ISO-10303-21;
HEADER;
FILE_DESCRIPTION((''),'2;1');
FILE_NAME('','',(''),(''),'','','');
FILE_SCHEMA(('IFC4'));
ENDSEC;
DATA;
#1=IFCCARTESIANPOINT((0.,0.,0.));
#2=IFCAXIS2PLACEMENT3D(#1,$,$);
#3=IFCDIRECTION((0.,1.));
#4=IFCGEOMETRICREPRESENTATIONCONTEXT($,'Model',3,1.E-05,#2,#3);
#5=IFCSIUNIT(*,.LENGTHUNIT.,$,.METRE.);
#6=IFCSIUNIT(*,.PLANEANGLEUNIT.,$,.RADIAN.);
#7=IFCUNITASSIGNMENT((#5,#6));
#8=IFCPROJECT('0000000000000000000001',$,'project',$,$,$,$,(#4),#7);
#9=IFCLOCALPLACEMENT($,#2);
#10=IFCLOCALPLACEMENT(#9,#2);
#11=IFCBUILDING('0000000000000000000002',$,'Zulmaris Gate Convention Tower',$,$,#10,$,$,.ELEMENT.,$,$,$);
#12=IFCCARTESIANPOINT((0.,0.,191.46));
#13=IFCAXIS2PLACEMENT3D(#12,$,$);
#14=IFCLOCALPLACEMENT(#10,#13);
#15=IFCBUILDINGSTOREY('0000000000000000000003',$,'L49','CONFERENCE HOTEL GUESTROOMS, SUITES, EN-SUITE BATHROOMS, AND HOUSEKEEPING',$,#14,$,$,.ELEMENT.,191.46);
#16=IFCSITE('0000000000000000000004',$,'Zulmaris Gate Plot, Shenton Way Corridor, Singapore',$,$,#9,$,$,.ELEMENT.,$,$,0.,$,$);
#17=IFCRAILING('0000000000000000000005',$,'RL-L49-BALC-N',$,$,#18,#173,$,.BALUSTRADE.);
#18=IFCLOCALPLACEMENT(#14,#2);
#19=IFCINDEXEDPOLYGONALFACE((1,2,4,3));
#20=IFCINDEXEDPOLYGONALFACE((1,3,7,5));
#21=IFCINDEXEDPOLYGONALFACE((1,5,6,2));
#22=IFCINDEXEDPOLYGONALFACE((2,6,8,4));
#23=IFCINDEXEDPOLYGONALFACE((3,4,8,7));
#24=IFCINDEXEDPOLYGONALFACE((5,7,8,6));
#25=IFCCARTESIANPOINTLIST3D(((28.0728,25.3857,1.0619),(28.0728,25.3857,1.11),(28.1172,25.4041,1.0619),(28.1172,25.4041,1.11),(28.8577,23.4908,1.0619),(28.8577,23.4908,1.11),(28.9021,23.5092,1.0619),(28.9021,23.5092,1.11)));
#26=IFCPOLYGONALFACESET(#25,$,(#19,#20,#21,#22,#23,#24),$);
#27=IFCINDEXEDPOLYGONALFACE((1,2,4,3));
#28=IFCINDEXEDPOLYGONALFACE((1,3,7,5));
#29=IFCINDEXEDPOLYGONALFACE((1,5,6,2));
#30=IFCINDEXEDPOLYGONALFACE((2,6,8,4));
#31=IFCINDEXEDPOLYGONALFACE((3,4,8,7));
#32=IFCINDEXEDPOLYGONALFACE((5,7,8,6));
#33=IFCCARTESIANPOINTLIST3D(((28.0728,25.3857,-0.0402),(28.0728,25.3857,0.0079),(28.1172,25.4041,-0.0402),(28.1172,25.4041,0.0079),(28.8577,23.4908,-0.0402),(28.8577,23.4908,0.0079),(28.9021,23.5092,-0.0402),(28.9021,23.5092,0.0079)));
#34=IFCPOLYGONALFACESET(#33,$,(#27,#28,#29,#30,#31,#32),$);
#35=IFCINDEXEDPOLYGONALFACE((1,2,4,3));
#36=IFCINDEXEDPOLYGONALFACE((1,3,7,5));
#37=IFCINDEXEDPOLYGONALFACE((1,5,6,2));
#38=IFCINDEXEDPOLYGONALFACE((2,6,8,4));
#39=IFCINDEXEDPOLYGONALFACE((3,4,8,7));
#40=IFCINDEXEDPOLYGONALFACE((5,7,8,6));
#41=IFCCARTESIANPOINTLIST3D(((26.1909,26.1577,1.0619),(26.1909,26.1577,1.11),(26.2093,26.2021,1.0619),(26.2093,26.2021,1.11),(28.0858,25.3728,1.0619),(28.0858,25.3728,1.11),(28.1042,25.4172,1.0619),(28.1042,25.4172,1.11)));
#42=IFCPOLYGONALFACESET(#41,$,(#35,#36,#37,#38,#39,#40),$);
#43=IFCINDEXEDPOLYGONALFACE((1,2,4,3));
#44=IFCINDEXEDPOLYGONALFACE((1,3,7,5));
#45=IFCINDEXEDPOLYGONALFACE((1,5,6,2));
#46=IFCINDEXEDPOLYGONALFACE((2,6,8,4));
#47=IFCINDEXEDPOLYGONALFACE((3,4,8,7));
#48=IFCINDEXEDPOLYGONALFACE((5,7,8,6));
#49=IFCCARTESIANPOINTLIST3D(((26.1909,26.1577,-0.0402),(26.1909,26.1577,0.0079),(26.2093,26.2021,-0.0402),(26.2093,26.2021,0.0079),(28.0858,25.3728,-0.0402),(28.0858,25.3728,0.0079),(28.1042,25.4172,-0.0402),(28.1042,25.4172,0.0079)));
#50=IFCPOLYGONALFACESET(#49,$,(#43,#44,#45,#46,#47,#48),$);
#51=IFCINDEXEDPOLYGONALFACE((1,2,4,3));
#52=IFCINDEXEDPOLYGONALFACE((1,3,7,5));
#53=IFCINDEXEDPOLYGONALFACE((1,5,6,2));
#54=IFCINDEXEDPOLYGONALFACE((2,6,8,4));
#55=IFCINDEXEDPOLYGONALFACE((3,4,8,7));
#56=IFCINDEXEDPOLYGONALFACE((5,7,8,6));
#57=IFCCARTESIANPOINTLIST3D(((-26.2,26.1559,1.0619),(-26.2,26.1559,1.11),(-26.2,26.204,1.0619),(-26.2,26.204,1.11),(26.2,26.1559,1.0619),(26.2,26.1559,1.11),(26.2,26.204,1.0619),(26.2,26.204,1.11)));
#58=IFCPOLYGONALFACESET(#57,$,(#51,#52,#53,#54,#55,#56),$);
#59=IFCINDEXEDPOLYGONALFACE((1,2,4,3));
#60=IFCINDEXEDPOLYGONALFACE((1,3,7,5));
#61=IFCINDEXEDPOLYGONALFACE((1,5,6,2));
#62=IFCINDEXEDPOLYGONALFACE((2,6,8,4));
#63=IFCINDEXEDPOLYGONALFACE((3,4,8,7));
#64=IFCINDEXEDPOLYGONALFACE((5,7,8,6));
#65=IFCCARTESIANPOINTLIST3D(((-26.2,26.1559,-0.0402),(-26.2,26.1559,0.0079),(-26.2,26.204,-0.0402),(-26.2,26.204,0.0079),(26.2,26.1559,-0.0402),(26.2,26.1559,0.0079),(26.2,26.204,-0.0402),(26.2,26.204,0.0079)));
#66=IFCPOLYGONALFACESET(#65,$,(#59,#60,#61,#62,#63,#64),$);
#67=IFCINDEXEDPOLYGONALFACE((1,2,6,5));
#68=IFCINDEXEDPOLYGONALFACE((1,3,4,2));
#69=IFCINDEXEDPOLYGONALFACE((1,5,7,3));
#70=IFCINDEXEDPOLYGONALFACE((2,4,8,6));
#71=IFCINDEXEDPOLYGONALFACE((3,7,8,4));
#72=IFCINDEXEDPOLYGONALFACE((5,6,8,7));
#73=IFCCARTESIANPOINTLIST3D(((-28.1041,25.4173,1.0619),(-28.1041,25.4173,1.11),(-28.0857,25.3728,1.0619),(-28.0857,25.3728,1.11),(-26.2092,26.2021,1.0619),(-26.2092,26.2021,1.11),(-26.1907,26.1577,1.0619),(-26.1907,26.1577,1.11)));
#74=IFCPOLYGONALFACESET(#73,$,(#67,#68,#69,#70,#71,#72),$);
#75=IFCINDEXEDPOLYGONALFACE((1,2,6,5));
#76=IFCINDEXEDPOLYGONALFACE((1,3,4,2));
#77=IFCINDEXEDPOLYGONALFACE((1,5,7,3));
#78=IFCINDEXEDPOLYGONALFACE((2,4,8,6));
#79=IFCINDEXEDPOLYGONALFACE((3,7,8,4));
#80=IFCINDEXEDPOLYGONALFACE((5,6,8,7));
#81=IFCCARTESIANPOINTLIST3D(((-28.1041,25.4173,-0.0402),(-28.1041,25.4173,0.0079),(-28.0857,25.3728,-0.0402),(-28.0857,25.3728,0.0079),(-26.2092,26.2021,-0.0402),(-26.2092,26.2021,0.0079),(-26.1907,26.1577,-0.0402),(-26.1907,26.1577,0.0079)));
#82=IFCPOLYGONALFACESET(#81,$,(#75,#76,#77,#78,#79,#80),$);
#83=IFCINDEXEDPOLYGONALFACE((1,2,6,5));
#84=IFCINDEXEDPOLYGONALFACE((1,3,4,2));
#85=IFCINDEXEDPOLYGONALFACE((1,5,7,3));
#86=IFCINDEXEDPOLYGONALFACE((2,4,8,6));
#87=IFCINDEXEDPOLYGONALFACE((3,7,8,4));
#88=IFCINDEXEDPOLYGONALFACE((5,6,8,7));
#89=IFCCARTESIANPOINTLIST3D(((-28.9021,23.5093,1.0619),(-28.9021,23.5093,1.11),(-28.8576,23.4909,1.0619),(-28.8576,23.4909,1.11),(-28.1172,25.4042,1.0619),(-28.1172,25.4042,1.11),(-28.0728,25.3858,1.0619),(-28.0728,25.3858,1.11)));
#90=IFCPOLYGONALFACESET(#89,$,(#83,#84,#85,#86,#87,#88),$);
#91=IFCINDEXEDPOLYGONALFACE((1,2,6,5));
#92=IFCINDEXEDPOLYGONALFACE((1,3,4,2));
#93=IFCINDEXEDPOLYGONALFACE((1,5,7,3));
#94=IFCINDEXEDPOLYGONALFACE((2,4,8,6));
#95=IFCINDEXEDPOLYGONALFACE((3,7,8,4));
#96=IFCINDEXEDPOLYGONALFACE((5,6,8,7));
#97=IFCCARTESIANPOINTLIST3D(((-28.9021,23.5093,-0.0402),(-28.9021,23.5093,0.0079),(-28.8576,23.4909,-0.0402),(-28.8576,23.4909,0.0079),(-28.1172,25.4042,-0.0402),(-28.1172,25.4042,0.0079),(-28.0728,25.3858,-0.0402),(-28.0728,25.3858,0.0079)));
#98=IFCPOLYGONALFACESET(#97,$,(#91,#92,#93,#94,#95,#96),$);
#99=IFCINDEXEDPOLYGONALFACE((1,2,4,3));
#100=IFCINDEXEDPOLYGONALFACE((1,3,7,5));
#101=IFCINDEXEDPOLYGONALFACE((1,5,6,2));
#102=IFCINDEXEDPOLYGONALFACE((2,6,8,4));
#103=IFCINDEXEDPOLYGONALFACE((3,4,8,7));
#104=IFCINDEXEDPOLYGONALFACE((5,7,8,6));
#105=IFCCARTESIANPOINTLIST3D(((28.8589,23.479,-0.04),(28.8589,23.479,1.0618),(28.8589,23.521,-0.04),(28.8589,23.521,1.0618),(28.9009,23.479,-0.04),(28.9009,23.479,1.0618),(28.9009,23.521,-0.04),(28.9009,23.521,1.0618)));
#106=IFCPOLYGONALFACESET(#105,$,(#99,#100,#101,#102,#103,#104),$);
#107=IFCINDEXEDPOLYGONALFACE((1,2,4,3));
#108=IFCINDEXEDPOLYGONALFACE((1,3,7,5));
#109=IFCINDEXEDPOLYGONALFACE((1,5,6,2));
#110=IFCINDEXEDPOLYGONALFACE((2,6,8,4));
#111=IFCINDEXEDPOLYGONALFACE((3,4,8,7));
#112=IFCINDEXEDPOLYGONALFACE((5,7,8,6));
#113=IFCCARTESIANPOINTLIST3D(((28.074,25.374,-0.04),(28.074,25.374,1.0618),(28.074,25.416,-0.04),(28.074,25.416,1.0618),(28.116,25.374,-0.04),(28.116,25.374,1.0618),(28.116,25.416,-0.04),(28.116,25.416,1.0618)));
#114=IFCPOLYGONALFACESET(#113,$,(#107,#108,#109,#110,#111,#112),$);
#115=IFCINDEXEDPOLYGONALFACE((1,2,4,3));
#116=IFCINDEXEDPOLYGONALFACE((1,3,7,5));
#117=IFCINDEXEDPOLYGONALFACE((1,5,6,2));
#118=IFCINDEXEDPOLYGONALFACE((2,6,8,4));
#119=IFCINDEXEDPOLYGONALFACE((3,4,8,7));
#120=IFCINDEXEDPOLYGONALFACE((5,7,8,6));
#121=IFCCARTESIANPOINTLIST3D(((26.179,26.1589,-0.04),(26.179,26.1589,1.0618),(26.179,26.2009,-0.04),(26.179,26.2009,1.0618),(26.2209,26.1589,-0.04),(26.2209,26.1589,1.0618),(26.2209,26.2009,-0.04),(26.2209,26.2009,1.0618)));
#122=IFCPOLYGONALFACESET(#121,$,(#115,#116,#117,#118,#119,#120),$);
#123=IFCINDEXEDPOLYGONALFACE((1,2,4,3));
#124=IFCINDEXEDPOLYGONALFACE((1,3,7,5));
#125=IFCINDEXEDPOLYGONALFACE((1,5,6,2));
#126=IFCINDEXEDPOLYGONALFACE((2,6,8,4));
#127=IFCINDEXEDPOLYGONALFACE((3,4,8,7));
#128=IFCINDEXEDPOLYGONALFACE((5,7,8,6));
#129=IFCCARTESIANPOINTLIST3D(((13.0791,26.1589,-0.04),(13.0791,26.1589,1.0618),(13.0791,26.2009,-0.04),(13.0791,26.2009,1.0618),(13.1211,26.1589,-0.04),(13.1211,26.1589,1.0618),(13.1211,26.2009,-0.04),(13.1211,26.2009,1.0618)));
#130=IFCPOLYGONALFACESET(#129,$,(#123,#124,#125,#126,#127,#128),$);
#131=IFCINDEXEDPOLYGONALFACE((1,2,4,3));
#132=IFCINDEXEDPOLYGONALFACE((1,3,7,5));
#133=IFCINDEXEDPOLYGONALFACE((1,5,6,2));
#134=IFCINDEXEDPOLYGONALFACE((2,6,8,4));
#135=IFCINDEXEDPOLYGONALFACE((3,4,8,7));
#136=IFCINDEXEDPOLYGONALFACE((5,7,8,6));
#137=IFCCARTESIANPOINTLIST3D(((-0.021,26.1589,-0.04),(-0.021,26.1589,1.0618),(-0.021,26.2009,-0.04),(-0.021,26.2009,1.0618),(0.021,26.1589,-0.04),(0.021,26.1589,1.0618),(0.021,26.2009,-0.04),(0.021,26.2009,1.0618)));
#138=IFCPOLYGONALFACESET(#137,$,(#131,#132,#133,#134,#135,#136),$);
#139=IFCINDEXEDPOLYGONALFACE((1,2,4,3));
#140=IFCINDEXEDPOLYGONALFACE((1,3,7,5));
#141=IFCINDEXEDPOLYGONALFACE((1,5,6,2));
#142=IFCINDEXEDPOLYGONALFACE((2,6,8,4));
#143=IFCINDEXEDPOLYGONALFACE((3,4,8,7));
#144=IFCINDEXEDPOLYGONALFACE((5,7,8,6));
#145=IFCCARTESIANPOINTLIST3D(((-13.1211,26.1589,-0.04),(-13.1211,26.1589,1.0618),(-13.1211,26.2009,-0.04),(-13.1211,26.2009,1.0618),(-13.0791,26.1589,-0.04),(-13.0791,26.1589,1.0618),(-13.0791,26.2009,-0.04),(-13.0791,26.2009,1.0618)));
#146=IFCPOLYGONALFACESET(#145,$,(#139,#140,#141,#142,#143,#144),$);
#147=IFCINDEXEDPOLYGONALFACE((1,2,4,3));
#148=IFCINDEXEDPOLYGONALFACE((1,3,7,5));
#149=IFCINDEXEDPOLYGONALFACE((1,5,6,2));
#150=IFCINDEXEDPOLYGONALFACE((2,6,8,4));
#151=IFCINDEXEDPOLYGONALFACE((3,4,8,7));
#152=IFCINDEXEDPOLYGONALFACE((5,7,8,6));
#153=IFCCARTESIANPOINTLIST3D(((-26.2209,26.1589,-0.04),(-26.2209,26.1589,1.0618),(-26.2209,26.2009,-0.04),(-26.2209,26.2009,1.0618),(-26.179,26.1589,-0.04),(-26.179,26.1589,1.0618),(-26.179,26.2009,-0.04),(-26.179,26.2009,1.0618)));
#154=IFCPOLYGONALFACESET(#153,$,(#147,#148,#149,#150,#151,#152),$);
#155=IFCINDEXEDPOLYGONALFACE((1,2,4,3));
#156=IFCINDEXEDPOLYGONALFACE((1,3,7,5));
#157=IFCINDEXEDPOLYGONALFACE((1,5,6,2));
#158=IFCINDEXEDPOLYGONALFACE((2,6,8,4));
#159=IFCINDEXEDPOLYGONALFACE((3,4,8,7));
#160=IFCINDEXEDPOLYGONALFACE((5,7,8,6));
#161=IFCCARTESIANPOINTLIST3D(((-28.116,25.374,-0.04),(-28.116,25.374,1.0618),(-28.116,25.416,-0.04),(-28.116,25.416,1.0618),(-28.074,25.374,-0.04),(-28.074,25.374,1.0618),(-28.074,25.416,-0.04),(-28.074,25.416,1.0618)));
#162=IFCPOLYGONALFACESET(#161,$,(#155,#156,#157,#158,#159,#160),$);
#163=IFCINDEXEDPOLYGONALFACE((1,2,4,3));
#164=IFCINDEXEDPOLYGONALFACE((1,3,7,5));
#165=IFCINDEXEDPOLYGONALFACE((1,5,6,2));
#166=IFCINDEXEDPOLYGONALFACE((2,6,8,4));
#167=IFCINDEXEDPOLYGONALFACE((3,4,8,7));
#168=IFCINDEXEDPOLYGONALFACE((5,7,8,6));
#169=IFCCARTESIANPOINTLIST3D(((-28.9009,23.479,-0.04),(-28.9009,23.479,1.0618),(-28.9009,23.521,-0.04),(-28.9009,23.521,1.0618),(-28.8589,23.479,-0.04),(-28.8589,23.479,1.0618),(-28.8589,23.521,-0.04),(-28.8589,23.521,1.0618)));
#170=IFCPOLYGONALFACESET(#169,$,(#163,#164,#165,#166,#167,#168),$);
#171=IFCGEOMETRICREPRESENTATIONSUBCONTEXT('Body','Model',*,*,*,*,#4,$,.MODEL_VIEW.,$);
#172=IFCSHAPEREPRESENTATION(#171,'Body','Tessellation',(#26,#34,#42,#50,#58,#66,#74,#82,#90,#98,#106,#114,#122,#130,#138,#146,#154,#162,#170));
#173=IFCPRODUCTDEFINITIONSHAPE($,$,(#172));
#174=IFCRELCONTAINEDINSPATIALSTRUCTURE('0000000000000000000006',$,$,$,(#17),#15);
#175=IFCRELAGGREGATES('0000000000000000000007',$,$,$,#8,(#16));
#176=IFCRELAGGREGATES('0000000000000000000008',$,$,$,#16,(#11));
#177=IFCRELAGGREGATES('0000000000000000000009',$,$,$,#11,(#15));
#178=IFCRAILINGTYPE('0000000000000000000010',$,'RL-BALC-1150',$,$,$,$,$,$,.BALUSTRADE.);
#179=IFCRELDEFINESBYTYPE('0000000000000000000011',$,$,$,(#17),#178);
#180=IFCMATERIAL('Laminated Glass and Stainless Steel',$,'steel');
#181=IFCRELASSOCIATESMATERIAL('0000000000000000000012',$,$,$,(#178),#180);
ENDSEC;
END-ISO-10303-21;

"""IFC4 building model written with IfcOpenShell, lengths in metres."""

from ifc_helpers import new_model, si_unit, direction, frame, origin, origin_2d, place, context, subcontext, project, spatial, rectangle, extrude, material, type_object, element, save


model = new_model("IFC4")

# Units and contexts
model_context = context("Model", 3, precision=1e-05, world=origin(), true_north=direction((0.0, 1.0)))
body_context = subcontext(model_context, "Body", "Model", "MODEL_VIEW")
ifc_project = project(units=[si_unit("LENGTHUNIT", "METRE"), si_unit("PLANEANGLEUNIT", "RADIAN")], contexts=[model_context])

# Site, building, storey
site_placement = place(None, origin())
site = spatial("IfcSite", under=ifc_project, at=site_placement, Name="Zulmaris Gate Plot, Shenton Way Corridor, Singapore", CompositionType="ELEMENT", RefElevation=0.0)
building_placement = place(site_placement, origin())
building = spatial("IfcBuilding", under=site, at=building_placement, Name="Zulmaris Gate Convention Tower", CompositionType="ELEMENT")
storey_placement = place(building_placement, frame((0.0, 0.0, 191.46)))
storey = spatial("IfcBuildingStorey", under=building, at=storey_placement, Name="L49", Description="CONFERENCE HOTEL GUESTROOMS, SUITES, EN-SUITE BATHROOMS, AND HOUSEKEEPING", CompositionType="ELEMENT", Elevation=191.46)

# Railing
ifc_material_1 = material(Name="Laminated Glass and Stainless Steel", Category="steel")
railing_type = type_object("IfcRailingType", Name="RL-BALC-1150", PredefinedType="BALUSTRADE", material=ifc_material_1)
railing_placement = place(storey_placement, frame((28.8799, 23.5, -0.04)))
element("IfcRailing", 1, at=railing_placement, inside=storey, type_object=railing_type, Name="RL-L49-BALC-N", PredefinedType="BALUSTRADE", context=body_context, shape_type="SweptSolid", body=[
    extrude(rectangle(XDim=0.0481, YDim=0.0481, at=origin_2d()), frame((0.0, 0.0, 1.126), z_axis=(-0.382671, 0.923885, 0.0), x_axis=(-0.923885, -0.382671, 0.0)), (0.0, 0.0, 1.0), 2.051),
    extrude(rectangle(XDim=0.0481, YDim=0.0481, at=origin_2d()), frame((0.0, 0.0, 0.0239), z_axis=(-0.382671, 0.923885, 0.0), x_axis=(-0.923885, -0.382671, 0.0)), (0.0, 0.0, 1.0), 2.051),
    extrude(rectangle(XDim=0.0481, YDim=0.0481, at=origin_2d()), frame((-0.7849, 1.895, 1.126), z_axis=(-0.923885, 0.382671, 0.0), x_axis=(-0.382671, -0.923885, 0.0)), (0.0, 0.0, 1.0), 2.051),
    extrude(rectangle(XDim=0.0481, YDim=0.0481, at=origin_2d()), frame((-0.7849, 1.895, 0.0239), z_axis=(-0.923885, 0.382671, 0.0), x_axis=(-0.382671, -0.923885, 0.0)), (0.0, 0.0, 1.0), 2.051),
    extrude(rectangle(XDim=0.0481, YDim=0.0481, at=origin_2d()), frame((-2.6799, 2.6799, 1.126), z_axis=(-1.0, 0.0, 0.0), x_axis=(0.0, -1.0, 0.0)), (0.0, 0.0, 1.0), 52.3999),
    extrude(rectangle(XDim=0.0481, YDim=0.0481, at=origin_2d()), frame((-2.6799, 2.6799, 0.0239), z_axis=(-1.0, 0.0, 0.0), x_axis=(0.0, -1.0, 0.0)), (0.0, 0.0, 1.0), 52.3999),
    extrude(rectangle(XDim=0.0481, YDim=0.0481, at=origin_2d()), frame((-55.0798, 2.6799, 1.126), z_axis=(-0.923885, -0.382671, 0.0), x_axis=(0.382671, -0.923885, 0.0)), (0.0, 0.0, 1.0), 2.051),
    extrude(rectangle(XDim=0.0481, YDim=0.0481, at=origin_2d()), frame((-55.0798, 2.6799, 0.0239), z_axis=(-0.923885, -0.382671, 0.0), x_axis=(0.382671, -0.923885, 0.0)), (0.0, 0.0, 1.0), 2.051),
    extrude(rectangle(XDim=0.0481, YDim=0.0481, at=origin_2d()), frame((-56.9749, 1.895, 1.126), z_axis=(-0.382671, -0.923885, 0.0), x_axis=(0.923885, -0.382671, 0.0)), (0.0, 0.0, 1.0), 2.051),
    extrude(rectangle(XDim=0.0481, YDim=0.0481, at=origin_2d()), frame((-56.9749, 1.895, 0.0239), z_axis=(-0.382671, -0.923885, 0.0), x_axis=(0.923885, -0.382671, 0.0)), (0.0, 0.0, 1.0), 2.051),
    extrude(rectangle(XDim=0.042, YDim=0.042, at=origin_2d()), origin(), (0.0, 0.0, 1.0), 1.1018),
    extrude(rectangle(XDim=0.042, YDim=0.042, at=origin_2d()), frame((-0.7849, 1.895, 0.0)), (0.0, 0.0, 1.0), 1.1018),
    extrude(rectangle(XDim=0.042, YDim=0.042, at=origin_2d()), frame((-2.6799, 2.6799, 0.0)), (0.0, 0.0, 1.0), 1.1018),
    extrude(rectangle(XDim=0.042, YDim=0.042, at=origin_2d()), frame((-15.7798, 2.6799, 0.0)), (0.0, 0.0, 1.0), 1.1018),
    extrude(rectangle(XDim=0.042, YDim=0.042, at=origin_2d()), frame((-28.8799, 2.6799, 0.0)), (0.0, 0.0, 1.0), 1.1018),
    extrude(rectangle(XDim=0.042, YDim=0.042, at=origin_2d()), frame((-41.98, 2.6799, 0.0)), (0.0, 0.0, 1.0), 1.1018),
    extrude(rectangle(XDim=0.042, YDim=0.042, at=origin_2d()), frame((-55.0798, 2.6799, 0.0)), (0.0, 0.0, 1.0), 1.1018),
    extrude(rectangle(XDim=0.042, YDim=0.042, at=origin_2d()), frame((-56.9749, 1.895, 0.0)), (0.0, 0.0, 1.0), 1.1018),
    extrude(rectangle(XDim=0.042, YDim=0.042, at=origin_2d()), frame((-57.7598, 0.0, 0.0)), (0.0, 0.0, 1.0), 1.1018),
])

save(model, "model.ifc")
